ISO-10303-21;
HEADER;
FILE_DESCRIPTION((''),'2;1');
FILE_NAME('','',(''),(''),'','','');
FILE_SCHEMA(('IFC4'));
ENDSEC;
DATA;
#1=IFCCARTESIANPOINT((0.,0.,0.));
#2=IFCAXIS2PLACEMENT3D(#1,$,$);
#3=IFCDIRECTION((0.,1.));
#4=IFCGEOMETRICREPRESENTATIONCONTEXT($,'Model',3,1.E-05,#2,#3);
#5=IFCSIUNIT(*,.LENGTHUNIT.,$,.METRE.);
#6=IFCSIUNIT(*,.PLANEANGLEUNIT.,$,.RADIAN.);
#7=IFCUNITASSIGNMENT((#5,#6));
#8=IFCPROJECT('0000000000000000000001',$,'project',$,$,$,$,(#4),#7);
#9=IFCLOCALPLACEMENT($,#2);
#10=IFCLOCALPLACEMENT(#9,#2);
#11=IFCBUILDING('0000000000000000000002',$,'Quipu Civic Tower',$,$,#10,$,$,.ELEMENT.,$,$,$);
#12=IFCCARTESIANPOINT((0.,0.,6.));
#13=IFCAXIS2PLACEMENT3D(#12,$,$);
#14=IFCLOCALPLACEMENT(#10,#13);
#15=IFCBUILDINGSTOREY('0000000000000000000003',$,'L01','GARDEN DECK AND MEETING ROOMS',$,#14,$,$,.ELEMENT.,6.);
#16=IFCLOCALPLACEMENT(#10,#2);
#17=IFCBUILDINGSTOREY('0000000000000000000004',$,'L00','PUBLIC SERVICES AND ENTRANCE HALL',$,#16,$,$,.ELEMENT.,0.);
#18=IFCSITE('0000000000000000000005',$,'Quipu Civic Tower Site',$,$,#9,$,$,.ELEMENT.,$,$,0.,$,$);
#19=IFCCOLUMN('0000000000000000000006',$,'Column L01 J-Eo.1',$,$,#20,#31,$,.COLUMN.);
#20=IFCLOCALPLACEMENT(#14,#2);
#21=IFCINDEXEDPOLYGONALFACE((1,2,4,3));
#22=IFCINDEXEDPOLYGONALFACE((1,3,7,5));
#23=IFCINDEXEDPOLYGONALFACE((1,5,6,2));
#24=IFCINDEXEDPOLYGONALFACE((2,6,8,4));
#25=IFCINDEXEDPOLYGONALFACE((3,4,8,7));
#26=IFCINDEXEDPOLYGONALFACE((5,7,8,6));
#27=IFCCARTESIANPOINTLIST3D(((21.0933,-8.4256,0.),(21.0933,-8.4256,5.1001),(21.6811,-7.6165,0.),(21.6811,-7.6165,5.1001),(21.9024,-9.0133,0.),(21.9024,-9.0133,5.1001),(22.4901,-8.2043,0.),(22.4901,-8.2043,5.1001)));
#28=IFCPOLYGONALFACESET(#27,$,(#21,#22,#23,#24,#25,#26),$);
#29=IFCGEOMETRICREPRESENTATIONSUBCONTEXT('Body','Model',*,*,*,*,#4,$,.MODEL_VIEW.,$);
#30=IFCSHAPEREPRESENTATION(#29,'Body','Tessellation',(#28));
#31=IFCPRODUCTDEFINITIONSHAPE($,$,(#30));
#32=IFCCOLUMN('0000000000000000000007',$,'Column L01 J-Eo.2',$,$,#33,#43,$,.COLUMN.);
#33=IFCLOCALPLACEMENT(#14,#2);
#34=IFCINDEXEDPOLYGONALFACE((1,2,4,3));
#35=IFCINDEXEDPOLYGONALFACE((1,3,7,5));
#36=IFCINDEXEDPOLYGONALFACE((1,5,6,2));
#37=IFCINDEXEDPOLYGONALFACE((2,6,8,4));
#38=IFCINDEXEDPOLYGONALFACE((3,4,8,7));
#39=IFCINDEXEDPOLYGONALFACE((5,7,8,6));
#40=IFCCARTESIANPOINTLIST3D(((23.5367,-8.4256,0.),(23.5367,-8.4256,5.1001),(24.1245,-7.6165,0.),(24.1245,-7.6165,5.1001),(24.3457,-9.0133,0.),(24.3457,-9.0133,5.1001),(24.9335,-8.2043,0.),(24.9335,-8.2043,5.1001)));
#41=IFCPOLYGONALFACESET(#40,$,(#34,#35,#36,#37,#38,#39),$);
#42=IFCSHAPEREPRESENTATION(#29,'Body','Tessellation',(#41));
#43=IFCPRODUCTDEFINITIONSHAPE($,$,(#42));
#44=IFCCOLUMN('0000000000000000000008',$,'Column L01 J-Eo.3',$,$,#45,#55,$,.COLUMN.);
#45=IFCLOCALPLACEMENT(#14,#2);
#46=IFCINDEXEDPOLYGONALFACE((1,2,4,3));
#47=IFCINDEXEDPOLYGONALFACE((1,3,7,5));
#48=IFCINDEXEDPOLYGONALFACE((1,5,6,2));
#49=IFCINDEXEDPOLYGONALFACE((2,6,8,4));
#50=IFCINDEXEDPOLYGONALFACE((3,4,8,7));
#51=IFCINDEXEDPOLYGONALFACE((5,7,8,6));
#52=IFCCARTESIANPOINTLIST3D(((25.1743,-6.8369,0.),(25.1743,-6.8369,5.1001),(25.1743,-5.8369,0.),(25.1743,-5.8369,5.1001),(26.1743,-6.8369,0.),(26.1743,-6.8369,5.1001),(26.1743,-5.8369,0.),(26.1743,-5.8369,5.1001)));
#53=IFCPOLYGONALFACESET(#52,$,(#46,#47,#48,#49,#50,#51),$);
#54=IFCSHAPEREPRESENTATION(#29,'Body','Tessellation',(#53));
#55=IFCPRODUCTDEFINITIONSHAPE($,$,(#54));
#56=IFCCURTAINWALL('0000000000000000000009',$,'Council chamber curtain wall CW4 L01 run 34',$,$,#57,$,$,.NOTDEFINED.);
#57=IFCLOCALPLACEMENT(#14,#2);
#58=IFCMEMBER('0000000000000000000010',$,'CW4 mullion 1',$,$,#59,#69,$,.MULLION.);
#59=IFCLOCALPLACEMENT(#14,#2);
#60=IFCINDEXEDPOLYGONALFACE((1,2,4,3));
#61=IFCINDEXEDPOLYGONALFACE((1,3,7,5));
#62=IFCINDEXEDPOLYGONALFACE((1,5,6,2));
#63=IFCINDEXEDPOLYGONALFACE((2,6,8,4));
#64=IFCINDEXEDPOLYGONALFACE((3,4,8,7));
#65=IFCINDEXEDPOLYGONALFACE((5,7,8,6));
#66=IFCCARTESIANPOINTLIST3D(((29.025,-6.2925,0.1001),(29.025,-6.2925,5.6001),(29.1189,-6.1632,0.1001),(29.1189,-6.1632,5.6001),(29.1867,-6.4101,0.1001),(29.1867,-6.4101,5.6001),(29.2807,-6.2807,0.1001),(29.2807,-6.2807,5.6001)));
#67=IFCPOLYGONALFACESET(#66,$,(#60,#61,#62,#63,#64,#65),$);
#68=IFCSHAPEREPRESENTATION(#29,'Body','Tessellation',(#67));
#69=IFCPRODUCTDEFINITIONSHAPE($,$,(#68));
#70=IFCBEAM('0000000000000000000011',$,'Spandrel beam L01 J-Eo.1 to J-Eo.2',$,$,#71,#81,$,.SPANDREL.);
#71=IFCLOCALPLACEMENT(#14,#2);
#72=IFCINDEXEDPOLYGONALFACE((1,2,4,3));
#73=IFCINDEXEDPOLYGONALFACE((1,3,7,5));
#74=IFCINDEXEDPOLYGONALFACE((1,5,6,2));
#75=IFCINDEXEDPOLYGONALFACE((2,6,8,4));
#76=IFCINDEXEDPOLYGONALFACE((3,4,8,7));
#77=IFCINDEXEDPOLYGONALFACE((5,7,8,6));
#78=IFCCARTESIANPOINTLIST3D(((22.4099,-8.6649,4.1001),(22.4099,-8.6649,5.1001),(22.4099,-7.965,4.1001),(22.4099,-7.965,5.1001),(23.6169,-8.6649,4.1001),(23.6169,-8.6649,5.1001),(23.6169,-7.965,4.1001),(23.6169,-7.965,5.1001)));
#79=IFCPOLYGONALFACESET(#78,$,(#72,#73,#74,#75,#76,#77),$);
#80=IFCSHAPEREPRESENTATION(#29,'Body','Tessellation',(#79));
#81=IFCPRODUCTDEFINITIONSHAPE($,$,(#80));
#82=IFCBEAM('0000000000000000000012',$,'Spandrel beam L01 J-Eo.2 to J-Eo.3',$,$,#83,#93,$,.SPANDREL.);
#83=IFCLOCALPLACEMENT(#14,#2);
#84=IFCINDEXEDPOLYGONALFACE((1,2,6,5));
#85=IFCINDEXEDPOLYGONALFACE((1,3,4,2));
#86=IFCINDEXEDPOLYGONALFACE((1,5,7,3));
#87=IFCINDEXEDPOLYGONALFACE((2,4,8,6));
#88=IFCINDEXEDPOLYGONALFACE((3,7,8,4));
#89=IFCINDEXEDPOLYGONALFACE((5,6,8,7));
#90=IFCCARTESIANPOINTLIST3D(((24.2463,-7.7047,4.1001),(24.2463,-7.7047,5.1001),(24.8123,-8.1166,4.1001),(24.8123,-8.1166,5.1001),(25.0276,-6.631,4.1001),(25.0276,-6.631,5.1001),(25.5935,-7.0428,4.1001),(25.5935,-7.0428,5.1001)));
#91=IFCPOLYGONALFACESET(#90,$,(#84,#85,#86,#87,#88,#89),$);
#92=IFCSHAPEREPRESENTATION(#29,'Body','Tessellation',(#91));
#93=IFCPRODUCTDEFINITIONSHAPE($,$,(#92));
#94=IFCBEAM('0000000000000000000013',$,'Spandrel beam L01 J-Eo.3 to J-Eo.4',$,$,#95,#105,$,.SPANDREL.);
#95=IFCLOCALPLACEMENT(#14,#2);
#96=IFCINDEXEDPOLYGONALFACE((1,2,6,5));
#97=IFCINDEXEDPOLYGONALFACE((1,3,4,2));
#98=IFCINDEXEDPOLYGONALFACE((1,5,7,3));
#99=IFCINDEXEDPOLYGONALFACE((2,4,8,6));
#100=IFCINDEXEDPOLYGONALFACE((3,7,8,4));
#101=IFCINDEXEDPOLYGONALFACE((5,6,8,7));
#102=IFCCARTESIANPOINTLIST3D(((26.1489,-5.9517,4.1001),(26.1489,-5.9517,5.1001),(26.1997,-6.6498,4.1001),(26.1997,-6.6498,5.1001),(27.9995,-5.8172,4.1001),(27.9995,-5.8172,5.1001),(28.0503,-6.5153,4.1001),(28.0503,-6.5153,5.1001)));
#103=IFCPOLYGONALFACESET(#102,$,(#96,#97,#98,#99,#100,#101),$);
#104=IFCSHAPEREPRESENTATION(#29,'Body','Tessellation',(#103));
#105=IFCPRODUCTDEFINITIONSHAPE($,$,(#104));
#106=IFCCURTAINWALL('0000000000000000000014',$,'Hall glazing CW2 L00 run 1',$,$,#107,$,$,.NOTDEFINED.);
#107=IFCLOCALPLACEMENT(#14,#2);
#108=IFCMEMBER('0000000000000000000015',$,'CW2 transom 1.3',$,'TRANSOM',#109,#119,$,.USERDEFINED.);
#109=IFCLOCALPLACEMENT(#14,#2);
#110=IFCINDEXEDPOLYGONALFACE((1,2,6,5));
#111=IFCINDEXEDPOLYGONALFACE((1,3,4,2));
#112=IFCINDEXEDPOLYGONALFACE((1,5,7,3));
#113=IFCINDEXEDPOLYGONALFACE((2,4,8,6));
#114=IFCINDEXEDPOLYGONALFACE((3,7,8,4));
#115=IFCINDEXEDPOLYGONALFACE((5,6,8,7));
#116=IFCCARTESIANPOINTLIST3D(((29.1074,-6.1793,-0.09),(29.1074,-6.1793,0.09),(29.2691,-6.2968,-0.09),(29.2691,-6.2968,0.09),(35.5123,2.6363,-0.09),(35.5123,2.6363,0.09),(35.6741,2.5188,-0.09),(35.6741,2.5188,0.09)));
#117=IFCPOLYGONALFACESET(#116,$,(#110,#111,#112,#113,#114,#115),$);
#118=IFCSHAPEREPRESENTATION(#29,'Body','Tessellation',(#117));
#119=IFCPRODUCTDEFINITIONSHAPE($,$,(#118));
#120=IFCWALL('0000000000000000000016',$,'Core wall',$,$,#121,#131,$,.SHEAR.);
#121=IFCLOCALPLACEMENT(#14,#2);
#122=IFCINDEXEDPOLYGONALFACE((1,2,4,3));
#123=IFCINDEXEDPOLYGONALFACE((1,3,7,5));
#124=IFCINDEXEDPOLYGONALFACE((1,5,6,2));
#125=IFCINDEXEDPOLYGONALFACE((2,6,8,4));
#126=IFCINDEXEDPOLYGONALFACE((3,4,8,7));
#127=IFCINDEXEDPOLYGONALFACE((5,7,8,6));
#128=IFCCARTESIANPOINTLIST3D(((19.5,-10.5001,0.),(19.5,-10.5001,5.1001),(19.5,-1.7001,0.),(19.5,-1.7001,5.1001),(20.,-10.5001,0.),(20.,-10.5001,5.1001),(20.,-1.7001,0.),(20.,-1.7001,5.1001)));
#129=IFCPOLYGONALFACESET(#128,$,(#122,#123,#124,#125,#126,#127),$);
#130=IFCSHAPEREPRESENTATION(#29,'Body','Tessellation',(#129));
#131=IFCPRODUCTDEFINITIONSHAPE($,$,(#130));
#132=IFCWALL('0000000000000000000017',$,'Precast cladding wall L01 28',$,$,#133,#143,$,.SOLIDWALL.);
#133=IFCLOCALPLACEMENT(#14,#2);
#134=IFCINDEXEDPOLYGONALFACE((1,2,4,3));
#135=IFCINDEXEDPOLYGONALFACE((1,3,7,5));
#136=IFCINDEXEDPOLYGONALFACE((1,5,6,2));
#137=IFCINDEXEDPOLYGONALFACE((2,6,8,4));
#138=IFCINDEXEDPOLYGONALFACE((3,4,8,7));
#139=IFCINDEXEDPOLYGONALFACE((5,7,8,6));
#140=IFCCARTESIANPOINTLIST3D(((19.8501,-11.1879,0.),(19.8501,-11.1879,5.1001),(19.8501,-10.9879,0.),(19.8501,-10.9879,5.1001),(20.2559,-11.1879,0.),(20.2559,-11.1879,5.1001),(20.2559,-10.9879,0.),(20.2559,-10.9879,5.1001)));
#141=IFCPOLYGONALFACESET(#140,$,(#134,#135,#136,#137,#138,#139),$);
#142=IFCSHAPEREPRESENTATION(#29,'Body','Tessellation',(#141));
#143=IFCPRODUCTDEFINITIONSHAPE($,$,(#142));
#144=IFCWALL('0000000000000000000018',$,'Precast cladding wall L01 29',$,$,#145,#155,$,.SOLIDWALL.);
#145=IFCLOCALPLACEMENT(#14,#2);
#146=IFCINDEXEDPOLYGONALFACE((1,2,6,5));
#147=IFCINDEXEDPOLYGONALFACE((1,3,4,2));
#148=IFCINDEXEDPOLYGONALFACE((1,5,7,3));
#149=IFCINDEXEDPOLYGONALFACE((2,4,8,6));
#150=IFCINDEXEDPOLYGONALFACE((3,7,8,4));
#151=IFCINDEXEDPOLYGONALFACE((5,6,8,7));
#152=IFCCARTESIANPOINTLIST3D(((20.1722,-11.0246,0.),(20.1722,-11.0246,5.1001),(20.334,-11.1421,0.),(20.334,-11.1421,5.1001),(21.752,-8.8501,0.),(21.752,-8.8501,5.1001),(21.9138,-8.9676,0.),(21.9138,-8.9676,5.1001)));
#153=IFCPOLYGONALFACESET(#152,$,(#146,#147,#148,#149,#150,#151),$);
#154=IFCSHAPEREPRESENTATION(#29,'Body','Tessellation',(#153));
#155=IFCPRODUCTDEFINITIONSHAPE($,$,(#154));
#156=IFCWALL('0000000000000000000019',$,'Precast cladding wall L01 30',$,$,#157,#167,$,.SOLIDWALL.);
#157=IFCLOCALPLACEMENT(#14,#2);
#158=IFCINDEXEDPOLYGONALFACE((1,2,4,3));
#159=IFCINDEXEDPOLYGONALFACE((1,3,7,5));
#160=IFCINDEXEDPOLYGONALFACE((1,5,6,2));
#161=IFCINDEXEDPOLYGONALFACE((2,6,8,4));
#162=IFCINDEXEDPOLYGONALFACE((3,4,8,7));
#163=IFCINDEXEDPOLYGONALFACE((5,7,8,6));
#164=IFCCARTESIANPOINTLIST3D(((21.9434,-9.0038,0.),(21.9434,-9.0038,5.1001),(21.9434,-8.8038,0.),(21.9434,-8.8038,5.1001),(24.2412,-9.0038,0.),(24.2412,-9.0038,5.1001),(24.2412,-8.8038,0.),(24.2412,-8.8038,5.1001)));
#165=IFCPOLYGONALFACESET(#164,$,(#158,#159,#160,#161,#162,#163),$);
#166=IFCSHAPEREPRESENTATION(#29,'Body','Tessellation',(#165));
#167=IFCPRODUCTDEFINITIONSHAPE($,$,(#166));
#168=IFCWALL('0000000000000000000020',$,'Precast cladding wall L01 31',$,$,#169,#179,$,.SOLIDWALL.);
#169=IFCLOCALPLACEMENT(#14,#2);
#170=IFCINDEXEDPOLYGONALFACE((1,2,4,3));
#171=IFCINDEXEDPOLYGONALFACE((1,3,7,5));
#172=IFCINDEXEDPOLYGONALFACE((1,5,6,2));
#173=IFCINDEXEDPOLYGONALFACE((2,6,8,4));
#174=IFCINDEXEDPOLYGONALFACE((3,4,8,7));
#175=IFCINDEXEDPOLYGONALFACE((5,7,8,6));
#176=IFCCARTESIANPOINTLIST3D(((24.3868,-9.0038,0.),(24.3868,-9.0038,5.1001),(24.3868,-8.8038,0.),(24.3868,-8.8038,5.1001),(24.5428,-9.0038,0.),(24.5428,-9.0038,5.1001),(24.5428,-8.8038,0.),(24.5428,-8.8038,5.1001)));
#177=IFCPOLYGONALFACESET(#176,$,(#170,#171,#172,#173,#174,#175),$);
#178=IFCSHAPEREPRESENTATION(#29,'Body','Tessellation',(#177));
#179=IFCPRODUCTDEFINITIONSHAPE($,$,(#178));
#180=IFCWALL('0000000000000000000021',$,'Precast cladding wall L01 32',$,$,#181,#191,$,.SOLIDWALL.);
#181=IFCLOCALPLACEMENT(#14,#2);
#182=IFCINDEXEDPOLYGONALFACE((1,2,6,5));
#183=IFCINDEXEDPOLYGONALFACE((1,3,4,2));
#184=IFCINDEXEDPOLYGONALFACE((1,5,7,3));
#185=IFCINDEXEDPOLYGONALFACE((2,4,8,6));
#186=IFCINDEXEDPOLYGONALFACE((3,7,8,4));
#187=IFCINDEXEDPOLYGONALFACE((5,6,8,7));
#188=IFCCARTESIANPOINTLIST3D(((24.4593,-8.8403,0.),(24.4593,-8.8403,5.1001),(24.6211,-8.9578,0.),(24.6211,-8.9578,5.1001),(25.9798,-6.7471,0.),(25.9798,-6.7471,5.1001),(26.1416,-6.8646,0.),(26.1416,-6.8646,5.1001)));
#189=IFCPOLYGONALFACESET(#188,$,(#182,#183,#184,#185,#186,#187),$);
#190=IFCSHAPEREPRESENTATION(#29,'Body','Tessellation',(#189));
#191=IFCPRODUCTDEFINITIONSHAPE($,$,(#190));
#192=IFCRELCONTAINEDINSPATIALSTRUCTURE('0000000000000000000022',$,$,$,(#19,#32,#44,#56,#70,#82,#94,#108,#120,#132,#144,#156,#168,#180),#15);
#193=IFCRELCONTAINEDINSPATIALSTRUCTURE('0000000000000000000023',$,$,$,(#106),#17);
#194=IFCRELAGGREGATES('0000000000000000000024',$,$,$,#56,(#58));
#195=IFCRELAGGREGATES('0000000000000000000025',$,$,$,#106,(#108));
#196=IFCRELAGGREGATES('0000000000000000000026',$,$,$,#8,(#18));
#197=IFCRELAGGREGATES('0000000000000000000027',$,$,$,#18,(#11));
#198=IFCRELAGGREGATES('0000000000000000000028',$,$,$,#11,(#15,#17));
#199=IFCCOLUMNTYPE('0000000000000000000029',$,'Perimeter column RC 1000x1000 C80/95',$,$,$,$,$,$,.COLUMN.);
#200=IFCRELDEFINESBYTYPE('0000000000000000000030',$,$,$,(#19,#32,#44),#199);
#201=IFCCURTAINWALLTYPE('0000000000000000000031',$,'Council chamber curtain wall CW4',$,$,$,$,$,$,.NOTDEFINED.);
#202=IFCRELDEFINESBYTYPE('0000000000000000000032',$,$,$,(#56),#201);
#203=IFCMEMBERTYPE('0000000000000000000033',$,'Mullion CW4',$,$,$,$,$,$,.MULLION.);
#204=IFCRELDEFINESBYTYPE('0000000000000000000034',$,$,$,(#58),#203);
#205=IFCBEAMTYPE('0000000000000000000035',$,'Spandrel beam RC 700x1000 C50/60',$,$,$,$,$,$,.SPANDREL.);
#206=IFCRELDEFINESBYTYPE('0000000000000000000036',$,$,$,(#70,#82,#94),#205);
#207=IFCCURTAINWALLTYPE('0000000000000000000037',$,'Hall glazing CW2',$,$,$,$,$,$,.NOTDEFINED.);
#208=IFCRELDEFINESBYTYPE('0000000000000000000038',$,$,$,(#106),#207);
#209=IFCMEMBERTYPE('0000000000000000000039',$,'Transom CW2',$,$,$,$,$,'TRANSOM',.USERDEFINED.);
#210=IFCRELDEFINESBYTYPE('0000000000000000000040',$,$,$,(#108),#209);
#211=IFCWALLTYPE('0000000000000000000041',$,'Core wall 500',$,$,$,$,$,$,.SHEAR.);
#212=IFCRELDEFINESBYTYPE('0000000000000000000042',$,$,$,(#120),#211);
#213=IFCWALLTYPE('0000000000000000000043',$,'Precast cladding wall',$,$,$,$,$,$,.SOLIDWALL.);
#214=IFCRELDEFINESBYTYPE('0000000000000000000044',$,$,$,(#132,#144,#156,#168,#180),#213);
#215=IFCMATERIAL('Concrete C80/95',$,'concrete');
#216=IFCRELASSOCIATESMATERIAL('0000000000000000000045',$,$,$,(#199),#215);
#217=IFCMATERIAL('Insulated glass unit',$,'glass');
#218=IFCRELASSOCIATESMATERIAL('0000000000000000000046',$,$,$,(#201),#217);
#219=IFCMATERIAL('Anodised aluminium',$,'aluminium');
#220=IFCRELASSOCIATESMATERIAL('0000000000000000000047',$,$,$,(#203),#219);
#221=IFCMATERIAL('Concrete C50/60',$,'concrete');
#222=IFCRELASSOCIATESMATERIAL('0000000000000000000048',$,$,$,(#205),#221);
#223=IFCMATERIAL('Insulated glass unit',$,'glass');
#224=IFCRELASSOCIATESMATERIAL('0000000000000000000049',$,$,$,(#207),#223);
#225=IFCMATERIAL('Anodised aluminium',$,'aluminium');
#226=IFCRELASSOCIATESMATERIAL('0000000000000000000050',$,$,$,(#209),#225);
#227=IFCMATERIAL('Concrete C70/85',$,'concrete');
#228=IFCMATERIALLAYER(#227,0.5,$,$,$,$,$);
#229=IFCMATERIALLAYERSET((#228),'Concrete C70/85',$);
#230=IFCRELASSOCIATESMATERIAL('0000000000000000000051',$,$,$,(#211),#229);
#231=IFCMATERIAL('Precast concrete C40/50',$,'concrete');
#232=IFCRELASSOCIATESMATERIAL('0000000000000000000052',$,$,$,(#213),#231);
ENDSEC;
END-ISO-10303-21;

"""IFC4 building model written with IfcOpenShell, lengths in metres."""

from ifc_helpers import new_model, si_unit, direction, frame, frame_2d, origin, origin_2d, place, context, subcontext, project, spatial, rectangle, extrude, material, layer, layer_set, material_profile, profile_set, type_object, element, aggregate, save


model = new_model("IFC4")

# Units and contexts
model_context = context("Model", 3, precision=1e-05, world=origin(), true_north=direction((0.0, 1.0)))
body_context = subcontext(model_context, "Body", "Model", "MODEL_VIEW")
ifc_project = project(units=[si_unit("LENGTHUNIT", "METRE"), si_unit("PLANEANGLEUNIT", "RADIAN")], contexts=[model_context])

# Site, building, storey
site_placement = place(None, origin())
site = spatial("IfcSite", under=ifc_project, at=site_placement, Name="Quipu Civic Tower Site", CompositionType="ELEMENT", RefElevation=0.0)
building_placement = place(site_placement, origin())
building = spatial("IfcBuilding", under=site, at=building_placement, Name="Quipu Civic Tower", CompositionType="ELEMENT")
storey_1_placement = place(building_placement, frame((0.0, 0.0, 6.0)))
storey_1 = spatial("IfcBuildingStorey", under=building, at=storey_1_placement, Name="L01", Description="GARDEN DECK AND MEETING ROOMS", CompositionType="ELEMENT", Elevation=6.0)

# Columns
ifc_material_1 = material(Name="Concrete C80/95", Category="concrete")
ifc_material_profile_1 = material_profile(ifc_material_1, rectangle(XDim=1.0, YDim=1.0, at=origin_2d()), Name="RC1000x1000")
ifc_profile_set_1 = profile_set([ifc_material_profile_1], Name="Concrete C80/95")
column_type = type_object("IfcColumnType", Name="Perimeter column RC 1000x1000 C80/95", PredefinedType="COLUMN", material=ifc_profile_set_1)
for number, where, z_axis, x_axis, name in (
    (1, (21.7917, -8.3149, 0.0), (0.0, 0.0, 1.0), (0.587785, 0.809017, 0.0), "Column L01 J-Eo.1"),
    (2, (24.2351, -8.3149, 0.0), (0.0, 0.0, 1.0), (0.587785, 0.809017, 0.0), "Column L01 J-Eo.2"),
    (3, (25.6743, -6.3369, 0.0), (0.0, 0.0, 1.0), (1.0, 0.0, 0.0), "Column L01 J-Eo.3"),
):
    element("IfcColumn", number, at=place(storey_1_placement, frame(where, z_axis=z_axis, x_axis=x_axis)), inside=storey_1, type_object=column_type, Name=name, PredefinedType="COLUMN", context=body_context, shape_type="SweptSolid", body=[
        extrude(rectangle(XDim=1.0, YDim=1.0, at=origin_2d()), origin(), (0.0, 0.0, 1.0), 5.1001),
    ])

# Curtain wall, member
ifc_material_2 = material(Name="Insulated glass unit", Category="glass")
curtain_wall_type_1 = type_object("IfcCurtainWallType", Name="Council chamber curtain wall CW4", PredefinedType="NOTDEFINED", material=ifc_material_2)
curtain_wall_1_placement = place(storey_1_placement, origin())
curtain_wall_1 = element("IfcCurtainWall", 4, at=curtain_wall_1_placement, inside=storey_1, type_object=curtain_wall_type_1, Name="Council chamber curtain wall CW4 L01 run 34", PredefinedType="NOTDEFINED")
ifc_material_3 = material(Name="Anodised aluminium", Category="aluminium")
ifc_material_profile_2 = material_profile(ifc_material_3, rectangle(XDim=0.2, YDim=0.1599, at=origin_2d()), Name="RECT 200x160")
ifc_profile_set_2 = profile_set([ifc_material_profile_2], Name="Anodised aluminium")
member_type_1 = type_object("IfcMemberType", Name="Mullion CW4", PredefinedType="MULLION", material=ifc_profile_set_2)
member_1_placement = place(storey_1_placement, frame((29.1528, -6.2866, 0.1001), z_axis=(0.0, 0.0, 1.0), x_axis=(-0.809017, 0.587785, 0.0)))
member_1 = element("IfcMember", 5, at=member_1_placement, type_object=member_type_1, Name="CW4 mullion 1", PredefinedType="MULLION", context=body_context, shape_type="SweptSolid", body=[
    extrude(rectangle(XDim=0.2, YDim=0.1599, at=origin_2d()), origin(), (0.0, 0.0, 1.0), 5.5),
])
aggregate(curtain_wall_1, [member_1])

# Beams
ifc_material_4 = material(Name="Concrete C50/60", Category="concrete")
ifc_material_profile_3 = material_profile(ifc_material_4, rectangle(XDim=0.7, YDim=1.0, at=origin_2d()), Name="RC700x1000")
ifc_profile_set_3 = profile_set([ifc_material_profile_3], Name="Concrete C50/60")
beam_type = type_object("IfcBeamType", Name="Spandrel beam RC 700x1000 C50/60", PredefinedType="SPANDREL", material=ifc_profile_set_3)
beam_1_placement = place(storey_1_placement, frame((22.4099, -8.3149, 4.6001), z_axis=(1.0, 0.0, 0.0), x_axis=(0.0, 1.0, 0.0)))
element("IfcBeam", 6, at=beam_1_placement, inside=storey_1, type_object=beam_type, Name="Spandrel beam L01 J-Eo.1 to J-Eo.2", PredefinedType="SPANDREL", context=body_context, shape_type="SweptSolid", body=[
    extrude(rectangle(XDim=0.7, YDim=1.0, at=origin_2d()), origin(), (0.0, 0.0, 1.0), 1.207),
])
beam_2_placement = place(storey_1_placement, frame((24.5293, -7.9106, 4.6001), z_axis=(0.588347, 0.808609, 0.0), x_axis=(-0.808609, 0.588347, 0.0)))
element("IfcBeam", 7, at=beam_2_placement, inside=storey_1, type_object=beam_type, Name="Spandrel beam L01 J-Eo.2 to J-Eo.3", PredefinedType="SPANDREL", context=body_context, shape_type="SweptSolid", body=[
    extrude(rectangle(XDim=0.7, YDim=1.0, at=origin_2d()), origin(), (0.0, 0.0, 1.0), 1.3279),
])
beam_3_placement = place(storey_1_placement, frame((26.1743, -6.3008, 4.6001), z_axis=(0.997368, 0.0725, 0.0), x_axis=(-0.0725, 0.997368, 0.0)))
element("IfcBeam", 8, at=beam_3_placement, inside=storey_1, type_object=beam_type, Name="Spandrel beam L01 J-Eo.3 to J-Eo.4", PredefinedType="SPANDREL", context=body_context, shape_type="SweptSolid", body=[
    extrude(rectangle(XDim=0.7, YDim=1.0, at=origin_2d()), origin(), (0.0, 0.0, 1.0), 1.8555),
])

# Shared definitions
storey_2_placement = place(building_placement, origin())
storey_2 = spatial("IfcBuildingStorey", under=building, at=storey_2_placement, Name="L00", Description="PUBLIC SERVICES AND ENTRANCE HALL", CompositionType="ELEMENT", Elevation=0.0)

# Curtain wall, member
ifc_material_5 = material(Name="Insulated glass unit", Category="glass")
curtain_wall_type_2 = type_object("IfcCurtainWallType", Name="Hall glazing CW2", PredefinedType="NOTDEFINED", material=ifc_material_5)
curtain_wall_2_placement = place(storey_2_placement, origin())
curtain_wall_2 = element("IfcCurtainWall", 9, at=curtain_wall_2_placement, inside=storey_2, type_object=curtain_wall_type_2, Name="Hall glazing CW2 L00 run 1", PredefinedType="NOTDEFINED")
ifc_material_6 = material(Name="Anodised aluminium", Category="aluminium")
ifc_material_profile_4 = material_profile(ifc_material_6, rectangle(XDim=0.2, YDim=0.1799, at=origin_2d()), Name="RECT 200x180")
ifc_profile_set_4 = profile_set([ifc_material_profile_4], Name="Anodised aluminium")
member_type_2 = type_object("IfcMemberType", Name="Transom CW2", ElementType="TRANSOM", PredefinedType="USERDEFINED", material=ifc_profile_set_4)
member_2_placement = place(storey_1_placement, frame((29.1882, -6.238, 0.0), z_axis=(0.587789, 0.809014, 0.0), x_axis=(-0.809014, 0.587789, 0.0)))
member_2 = element("IfcMember", 10, at=member_2_placement, inside=storey_1, type_object=member_type_2, Name="CW2 transom 1.3", ObjectType="TRANSOM", PredefinedType="USERDEFINED", context=body_context, shape_type="SweptSolid", body=[
    extrude(rectangle(XDim=0.2, YDim=0.1799, at=origin_2d()), origin(), (0.0, 0.0, 1.0), 10.8967),
])
aggregate(curtain_wall_2, [member_2])

# Walls
ifc_material_7 = material(Name="Concrete C70/85", Category="concrete")
ifc_layer = layer(ifc_material_7, 0.5)
ifc_layer_set = layer_set([ifc_layer], Name="Concrete C70/85")
wall_type_1 = type_object("IfcWallType", Name="Core wall 500", PredefinedType="SHEAR", material=ifc_layer_set)
wall_1_placement = place(storey_1_placement, frame((19.75, -10.5, 0.0), z_axis=(0.0, 0.0, 1.0), x_axis=(0.0, 1.0, 0.0)))
element("IfcWall", 11, at=wall_1_placement, inside=storey_1, type_object=wall_type_1, Name="Core wall", PredefinedType="SHEAR", context=body_context, shape_type="SweptSolid", body=[
    extrude(rectangle(XDim=8.8, YDim=0.5, at=frame_2d((4.3999, 0.0))), origin(), (0.0, 0.0, 1.0), 5.1001),
])
ifc_material_8 = material(Name="Precast concrete C40/50", Category="concrete")
wall_type_2 = type_object("IfcWallType", Name="Precast cladding wall", PredefinedType="SOLIDWALL", material=ifc_material_8)
wall_2_placement = place(storey_1_placement, frame((19.8501, -11.0879, 0.0), z_axis=(0.0, 0.0, 1.0), x_axis=(1.0, 0.0, 0.0)))
element("IfcWall", 12, at=wall_2_placement, inside=storey_1, type_object=wall_type_2, Name="Precast cladding wall L01 28", PredefinedType="SOLIDWALL", context=body_context, shape_type="SweptSolid", body=[
    extrude(rectangle(XDim=0.4058, YDim=0.2, at=frame_2d((0.2029, 0.0))), origin(), (0.0, 0.0, 1.0), 5.1001),
])
wall_3_placement = place(storey_1_placement, frame((20.2532, -11.0833, 0.0), z_axis=(0.0, 0.0, 1.0), x_axis=(0.587767, 0.809031, 0.0)))
element("IfcWall", 13, at=wall_3_placement, inside=storey_1, type_object=wall_type_2, Name="Precast cladding wall L01 29", PredefinedType="SOLIDWALL", context=body_context, shape_type="SweptSolid", body=[
    extrude(rectangle(XDim=2.6877, YDim=0.2, at=frame_2d((1.3438, 0.0))), origin(), (0.0, 0.0, 1.0), 5.1001),
])
wall_4_placement = place(storey_1_placement, frame((21.9434, -8.9038, 0.0), z_axis=(0.0, 0.0, 1.0), x_axis=(1.0, 0.0, 0.0)))
element("IfcWall", 14, at=wall_4_placement, inside=storey_1, type_object=wall_type_2, Name="Precast cladding wall L01 30", PredefinedType="SOLIDWALL", context=body_context, shape_type="SweptSolid", body=[
    extrude(rectangle(XDim=2.2979, YDim=0.2, at=frame_2d((1.1489, 0.0))), origin(), (0.0, 0.0, 1.0), 5.1001),
])
wall_5_placement = place(storey_1_placement, frame((24.3867, -8.9038, 0.0), z_axis=(0.0, 0.0, 1.0), x_axis=(1.0, 0.0, 0.0)))
element("IfcWall", 15, at=wall_5_placement, inside=storey_1, type_object=wall_type_2, Name="Precast cladding wall L01 31", PredefinedType="SOLIDWALL", context=body_context, shape_type="SweptSolid", body=[
    extrude(rectangle(XDim=0.156, YDim=0.2, at=frame_2d((0.0781, 0.0))), origin(), (0.0, 0.0, 1.0), 5.1001),
])
wall_6_placement = place(storey_1_placement, frame((24.5403, -8.8989, 0.0), z_axis=(0.0, 0.0, 1.0), x_axis=(0.5877, 0.809079, 0.0)))
element("IfcWall", 16, at=wall_6_placement, inside=storey_1, type_object=wall_type_2, Name="Precast cladding wall L01 32", PredefinedType="SOLIDWALL", context=body_context, shape_type="SweptSolid", body=[
    extrude(rectangle(XDim=2.5872, YDim=0.2, at=frame_2d((1.2935, 0.0))), origin(), (0.0, 0.0, 1.0), 5.1001),
])

save(model, "model.ifc")
